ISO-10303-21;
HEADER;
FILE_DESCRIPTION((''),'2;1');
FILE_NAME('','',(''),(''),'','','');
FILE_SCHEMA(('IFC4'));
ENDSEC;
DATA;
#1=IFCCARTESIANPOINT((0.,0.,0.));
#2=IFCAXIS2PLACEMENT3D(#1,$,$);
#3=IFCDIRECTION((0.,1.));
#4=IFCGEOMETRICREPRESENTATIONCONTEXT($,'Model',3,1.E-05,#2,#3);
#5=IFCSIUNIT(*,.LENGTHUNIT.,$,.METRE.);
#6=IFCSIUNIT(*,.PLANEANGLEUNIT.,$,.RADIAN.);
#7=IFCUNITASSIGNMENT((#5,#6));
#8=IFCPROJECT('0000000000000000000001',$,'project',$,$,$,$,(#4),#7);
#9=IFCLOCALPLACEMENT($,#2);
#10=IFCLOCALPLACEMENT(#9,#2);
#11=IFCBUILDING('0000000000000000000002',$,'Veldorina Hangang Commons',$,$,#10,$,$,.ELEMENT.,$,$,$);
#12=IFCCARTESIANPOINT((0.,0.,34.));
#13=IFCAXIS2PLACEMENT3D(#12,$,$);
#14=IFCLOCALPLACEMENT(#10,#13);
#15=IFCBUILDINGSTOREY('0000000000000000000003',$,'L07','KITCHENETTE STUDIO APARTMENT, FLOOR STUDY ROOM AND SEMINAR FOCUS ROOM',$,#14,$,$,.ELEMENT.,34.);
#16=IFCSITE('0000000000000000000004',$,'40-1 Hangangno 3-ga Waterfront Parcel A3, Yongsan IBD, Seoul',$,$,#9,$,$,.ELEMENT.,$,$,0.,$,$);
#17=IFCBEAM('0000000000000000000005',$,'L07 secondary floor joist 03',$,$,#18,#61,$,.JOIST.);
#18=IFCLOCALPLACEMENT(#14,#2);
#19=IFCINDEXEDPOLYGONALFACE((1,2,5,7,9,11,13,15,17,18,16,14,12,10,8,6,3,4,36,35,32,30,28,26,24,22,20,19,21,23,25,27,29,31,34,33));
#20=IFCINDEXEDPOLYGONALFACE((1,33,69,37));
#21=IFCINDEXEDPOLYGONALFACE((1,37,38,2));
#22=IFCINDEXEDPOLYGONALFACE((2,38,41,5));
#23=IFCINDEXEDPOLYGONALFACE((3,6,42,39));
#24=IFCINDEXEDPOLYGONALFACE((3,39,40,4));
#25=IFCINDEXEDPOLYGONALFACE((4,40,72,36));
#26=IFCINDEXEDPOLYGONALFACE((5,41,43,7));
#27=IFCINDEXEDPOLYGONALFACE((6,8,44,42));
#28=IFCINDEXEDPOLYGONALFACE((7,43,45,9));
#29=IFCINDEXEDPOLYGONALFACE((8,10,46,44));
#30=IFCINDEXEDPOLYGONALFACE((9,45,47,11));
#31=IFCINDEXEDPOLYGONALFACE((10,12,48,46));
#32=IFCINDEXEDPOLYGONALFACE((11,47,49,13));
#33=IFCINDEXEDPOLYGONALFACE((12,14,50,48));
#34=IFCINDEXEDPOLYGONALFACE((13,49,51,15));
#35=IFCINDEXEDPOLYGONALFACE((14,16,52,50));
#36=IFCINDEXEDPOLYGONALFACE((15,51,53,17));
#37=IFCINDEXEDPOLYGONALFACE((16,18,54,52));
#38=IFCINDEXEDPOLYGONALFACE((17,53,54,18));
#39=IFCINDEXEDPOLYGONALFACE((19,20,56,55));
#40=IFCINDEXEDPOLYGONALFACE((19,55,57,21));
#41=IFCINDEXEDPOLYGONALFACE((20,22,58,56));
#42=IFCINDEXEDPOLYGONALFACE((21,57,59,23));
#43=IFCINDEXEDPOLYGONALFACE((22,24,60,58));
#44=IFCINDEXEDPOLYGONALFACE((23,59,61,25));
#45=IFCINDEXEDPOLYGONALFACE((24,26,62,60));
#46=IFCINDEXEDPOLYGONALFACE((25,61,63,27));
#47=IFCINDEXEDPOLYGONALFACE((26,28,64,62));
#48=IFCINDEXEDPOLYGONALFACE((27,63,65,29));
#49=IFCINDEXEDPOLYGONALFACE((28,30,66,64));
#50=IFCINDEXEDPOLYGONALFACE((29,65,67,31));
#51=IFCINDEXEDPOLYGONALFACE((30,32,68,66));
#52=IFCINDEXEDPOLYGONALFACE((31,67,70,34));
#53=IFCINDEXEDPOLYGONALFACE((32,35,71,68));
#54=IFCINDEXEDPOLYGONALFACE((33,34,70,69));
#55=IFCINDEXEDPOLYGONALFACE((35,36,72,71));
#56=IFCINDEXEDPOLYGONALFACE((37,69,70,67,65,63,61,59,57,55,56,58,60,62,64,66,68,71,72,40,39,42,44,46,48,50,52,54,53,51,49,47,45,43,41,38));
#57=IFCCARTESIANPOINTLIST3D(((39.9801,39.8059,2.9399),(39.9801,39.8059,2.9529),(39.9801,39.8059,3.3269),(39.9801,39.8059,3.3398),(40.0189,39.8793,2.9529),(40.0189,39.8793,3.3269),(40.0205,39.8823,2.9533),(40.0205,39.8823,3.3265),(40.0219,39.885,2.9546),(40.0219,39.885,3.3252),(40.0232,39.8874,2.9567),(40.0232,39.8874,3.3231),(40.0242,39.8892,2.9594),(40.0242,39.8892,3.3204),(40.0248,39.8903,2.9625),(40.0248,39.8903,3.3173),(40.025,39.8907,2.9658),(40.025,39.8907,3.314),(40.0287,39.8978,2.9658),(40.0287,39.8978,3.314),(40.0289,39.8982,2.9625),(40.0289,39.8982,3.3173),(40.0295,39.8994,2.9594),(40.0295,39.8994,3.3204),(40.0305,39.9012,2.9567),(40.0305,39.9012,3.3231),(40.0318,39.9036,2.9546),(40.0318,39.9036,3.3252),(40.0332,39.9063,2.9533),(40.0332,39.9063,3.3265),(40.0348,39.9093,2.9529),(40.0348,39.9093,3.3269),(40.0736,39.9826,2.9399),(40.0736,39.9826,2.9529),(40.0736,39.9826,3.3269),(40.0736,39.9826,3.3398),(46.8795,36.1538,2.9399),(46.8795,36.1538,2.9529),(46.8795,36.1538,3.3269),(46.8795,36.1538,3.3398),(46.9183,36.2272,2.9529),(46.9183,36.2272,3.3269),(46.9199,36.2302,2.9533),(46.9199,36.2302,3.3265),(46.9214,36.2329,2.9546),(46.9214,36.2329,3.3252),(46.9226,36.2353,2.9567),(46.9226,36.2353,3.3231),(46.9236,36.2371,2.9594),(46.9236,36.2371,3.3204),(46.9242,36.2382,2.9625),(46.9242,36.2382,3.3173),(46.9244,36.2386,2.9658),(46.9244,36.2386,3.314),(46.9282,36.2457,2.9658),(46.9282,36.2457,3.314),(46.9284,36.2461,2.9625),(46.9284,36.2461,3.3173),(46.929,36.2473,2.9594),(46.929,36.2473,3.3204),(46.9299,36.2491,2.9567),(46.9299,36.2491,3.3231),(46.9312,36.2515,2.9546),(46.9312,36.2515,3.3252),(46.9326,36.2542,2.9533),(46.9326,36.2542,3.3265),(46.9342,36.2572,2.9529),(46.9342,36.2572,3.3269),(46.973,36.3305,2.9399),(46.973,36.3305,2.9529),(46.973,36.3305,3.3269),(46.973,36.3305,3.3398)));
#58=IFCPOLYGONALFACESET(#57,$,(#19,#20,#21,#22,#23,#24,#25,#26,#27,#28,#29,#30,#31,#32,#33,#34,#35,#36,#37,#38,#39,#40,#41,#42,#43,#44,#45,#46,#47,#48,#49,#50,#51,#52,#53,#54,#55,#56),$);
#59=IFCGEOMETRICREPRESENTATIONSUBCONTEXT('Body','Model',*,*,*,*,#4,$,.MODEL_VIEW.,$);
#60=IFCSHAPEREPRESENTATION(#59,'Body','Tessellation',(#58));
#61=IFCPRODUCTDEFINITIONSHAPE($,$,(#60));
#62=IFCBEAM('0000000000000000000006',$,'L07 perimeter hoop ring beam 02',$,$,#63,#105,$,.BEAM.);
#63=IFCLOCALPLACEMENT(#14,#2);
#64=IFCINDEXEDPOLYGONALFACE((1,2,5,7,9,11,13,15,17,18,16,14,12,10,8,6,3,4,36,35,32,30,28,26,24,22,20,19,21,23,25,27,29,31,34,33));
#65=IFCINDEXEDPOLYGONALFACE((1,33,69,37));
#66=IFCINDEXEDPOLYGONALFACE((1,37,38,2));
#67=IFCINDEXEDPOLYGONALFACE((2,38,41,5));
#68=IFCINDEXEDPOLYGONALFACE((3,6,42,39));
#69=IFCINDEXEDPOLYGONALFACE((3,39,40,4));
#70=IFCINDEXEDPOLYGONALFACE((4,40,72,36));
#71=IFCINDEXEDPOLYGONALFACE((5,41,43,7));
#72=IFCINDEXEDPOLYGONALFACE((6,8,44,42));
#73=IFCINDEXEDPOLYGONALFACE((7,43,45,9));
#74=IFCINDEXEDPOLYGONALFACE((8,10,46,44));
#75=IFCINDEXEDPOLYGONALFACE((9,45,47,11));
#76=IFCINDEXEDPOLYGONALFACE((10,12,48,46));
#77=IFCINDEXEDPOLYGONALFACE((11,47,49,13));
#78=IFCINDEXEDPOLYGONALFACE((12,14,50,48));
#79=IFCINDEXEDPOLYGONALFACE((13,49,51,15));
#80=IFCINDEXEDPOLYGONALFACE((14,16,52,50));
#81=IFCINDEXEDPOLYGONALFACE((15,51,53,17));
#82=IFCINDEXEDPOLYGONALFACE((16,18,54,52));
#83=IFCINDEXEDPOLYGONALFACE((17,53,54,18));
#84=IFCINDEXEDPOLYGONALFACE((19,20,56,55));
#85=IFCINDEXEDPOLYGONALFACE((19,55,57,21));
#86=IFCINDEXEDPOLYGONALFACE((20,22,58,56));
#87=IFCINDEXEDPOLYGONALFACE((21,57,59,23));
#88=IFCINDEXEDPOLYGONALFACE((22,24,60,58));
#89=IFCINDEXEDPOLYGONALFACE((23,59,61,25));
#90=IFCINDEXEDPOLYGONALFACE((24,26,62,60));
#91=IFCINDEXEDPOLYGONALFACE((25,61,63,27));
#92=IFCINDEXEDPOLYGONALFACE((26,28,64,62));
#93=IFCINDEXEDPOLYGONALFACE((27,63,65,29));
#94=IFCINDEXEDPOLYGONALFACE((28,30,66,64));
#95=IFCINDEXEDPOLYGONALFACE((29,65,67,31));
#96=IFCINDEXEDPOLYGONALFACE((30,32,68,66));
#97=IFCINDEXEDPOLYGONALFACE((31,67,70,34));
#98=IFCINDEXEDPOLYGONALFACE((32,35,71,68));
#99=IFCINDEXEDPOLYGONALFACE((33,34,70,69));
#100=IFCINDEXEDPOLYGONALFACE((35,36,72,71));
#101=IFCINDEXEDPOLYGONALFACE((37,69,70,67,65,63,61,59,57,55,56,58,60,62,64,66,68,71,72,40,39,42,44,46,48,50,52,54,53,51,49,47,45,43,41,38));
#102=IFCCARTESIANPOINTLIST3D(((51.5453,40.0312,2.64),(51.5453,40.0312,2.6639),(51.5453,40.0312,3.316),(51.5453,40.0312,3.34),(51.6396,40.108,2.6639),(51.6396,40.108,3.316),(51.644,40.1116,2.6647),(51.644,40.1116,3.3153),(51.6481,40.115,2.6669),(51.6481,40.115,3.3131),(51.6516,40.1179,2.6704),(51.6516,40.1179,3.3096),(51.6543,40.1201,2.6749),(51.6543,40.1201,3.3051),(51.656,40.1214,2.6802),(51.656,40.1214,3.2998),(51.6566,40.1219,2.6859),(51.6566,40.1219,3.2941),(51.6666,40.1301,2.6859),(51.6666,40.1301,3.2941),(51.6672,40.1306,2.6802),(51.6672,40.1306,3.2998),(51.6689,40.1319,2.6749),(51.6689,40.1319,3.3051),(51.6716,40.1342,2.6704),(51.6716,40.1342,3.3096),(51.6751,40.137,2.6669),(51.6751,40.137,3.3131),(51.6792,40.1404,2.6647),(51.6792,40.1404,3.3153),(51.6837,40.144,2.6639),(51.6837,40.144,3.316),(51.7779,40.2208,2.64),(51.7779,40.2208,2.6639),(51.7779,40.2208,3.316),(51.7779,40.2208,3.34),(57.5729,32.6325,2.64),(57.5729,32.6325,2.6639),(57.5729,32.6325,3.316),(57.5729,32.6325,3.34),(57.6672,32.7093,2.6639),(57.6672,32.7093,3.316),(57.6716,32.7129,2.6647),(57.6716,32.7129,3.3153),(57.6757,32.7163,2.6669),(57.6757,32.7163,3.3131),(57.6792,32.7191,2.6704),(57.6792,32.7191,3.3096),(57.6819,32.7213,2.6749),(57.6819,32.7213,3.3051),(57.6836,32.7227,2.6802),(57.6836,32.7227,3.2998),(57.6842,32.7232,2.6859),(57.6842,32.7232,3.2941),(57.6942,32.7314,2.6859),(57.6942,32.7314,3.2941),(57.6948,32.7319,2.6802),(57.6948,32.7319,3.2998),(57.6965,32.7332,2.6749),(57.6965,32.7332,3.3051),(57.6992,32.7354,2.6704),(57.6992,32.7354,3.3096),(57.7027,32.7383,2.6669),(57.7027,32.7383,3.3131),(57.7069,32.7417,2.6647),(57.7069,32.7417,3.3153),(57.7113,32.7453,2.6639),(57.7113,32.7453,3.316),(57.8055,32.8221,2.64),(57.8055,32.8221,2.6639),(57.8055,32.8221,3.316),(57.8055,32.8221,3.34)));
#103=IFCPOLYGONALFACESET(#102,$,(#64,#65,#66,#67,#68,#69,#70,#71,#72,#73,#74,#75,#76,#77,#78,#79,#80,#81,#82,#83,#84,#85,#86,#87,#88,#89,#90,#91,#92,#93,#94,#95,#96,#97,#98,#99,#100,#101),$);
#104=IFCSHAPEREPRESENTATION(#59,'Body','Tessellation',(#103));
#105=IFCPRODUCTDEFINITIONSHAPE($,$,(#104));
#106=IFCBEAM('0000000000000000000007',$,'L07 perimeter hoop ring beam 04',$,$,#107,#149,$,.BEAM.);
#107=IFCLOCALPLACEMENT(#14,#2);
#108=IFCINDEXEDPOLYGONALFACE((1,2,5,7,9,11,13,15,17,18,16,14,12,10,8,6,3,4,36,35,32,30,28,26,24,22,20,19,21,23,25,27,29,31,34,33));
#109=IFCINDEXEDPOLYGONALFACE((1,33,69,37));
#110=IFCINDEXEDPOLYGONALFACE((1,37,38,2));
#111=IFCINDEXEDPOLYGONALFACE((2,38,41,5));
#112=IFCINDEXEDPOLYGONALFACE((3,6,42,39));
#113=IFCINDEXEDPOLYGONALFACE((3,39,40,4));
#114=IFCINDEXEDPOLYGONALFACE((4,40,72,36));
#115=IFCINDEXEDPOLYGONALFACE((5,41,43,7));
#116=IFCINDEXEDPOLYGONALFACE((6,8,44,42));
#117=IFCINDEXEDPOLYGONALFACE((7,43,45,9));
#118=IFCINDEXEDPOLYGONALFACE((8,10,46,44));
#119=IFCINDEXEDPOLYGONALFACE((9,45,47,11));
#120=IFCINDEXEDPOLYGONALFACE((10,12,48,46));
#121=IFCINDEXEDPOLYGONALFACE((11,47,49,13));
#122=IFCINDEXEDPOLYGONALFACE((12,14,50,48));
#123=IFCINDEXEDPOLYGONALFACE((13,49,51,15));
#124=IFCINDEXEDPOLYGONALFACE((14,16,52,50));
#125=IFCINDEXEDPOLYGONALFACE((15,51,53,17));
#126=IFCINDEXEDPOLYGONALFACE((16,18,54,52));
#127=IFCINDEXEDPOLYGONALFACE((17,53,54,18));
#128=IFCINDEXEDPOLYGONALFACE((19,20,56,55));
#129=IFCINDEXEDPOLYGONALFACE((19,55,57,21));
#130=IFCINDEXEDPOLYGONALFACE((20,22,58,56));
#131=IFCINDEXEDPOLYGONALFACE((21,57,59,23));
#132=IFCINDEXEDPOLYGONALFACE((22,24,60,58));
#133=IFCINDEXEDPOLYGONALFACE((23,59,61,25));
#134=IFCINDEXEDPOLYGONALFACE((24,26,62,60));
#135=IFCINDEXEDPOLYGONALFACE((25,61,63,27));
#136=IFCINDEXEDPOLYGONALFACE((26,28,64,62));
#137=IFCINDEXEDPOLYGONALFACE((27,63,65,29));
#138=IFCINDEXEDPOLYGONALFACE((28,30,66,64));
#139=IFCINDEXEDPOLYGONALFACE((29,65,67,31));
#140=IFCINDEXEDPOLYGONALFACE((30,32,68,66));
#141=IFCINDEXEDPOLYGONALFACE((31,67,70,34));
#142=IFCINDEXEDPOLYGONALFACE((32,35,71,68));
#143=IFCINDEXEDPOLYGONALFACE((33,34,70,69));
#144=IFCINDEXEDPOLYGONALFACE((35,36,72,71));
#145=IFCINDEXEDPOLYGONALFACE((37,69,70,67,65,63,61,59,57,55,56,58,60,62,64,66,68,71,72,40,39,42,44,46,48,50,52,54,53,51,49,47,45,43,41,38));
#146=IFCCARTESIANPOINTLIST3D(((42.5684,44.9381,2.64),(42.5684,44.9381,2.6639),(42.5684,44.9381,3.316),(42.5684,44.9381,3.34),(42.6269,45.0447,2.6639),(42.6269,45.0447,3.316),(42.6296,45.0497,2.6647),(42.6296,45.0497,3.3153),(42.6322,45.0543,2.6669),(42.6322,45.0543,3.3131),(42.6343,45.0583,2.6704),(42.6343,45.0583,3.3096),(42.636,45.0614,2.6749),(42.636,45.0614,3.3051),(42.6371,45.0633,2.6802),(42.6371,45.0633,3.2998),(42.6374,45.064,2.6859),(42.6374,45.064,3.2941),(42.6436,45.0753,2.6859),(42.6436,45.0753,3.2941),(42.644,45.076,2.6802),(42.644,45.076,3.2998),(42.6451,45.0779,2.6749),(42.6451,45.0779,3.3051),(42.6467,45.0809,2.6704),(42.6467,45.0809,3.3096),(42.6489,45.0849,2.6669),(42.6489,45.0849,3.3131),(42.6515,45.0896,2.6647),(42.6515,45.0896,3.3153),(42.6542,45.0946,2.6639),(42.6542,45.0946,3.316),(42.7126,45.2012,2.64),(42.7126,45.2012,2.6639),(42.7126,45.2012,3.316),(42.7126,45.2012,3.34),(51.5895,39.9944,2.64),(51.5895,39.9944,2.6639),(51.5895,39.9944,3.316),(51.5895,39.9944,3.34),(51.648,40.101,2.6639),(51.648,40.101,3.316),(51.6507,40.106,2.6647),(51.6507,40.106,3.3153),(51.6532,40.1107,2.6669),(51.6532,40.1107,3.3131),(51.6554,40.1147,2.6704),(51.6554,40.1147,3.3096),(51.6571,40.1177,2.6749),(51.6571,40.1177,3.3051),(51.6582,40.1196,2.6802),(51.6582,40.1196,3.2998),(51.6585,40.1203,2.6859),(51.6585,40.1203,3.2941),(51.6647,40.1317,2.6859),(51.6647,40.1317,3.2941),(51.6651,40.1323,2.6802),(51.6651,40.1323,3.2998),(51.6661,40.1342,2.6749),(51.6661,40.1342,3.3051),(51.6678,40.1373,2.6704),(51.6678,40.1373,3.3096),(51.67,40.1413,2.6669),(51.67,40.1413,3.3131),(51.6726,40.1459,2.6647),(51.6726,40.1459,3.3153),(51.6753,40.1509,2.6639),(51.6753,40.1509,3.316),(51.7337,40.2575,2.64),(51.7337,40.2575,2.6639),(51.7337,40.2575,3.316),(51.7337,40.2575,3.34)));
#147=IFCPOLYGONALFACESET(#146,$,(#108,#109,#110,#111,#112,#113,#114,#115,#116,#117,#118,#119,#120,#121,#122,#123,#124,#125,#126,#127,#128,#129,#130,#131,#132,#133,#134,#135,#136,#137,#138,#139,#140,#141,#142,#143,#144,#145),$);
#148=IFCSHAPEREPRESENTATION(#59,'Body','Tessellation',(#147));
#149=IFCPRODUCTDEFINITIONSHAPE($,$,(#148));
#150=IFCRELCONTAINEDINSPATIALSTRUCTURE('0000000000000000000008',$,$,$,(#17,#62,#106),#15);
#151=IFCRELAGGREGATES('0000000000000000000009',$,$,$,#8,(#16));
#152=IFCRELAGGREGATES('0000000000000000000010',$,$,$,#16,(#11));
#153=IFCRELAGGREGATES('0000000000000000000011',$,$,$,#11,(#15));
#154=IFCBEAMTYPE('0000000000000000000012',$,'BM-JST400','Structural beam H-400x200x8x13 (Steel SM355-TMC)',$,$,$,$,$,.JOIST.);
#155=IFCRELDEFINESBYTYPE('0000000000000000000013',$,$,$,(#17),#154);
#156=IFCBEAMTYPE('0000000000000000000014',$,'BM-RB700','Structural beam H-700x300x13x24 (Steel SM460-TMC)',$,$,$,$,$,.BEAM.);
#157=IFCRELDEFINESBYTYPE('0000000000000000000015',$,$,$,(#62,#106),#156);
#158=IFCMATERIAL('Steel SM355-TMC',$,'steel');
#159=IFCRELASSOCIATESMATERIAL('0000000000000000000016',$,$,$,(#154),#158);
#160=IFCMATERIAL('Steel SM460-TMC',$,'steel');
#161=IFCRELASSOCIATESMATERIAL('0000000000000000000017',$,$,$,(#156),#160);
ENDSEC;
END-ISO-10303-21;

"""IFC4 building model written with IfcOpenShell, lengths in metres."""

from ifc_helpers import new_model, si_unit, direction, frame, origin, origin_2d, place, context, subcontext, project, spatial, i_section, extrude, material, material_profile, profile_set, type_object, element, save


model = new_model("IFC4")

# Units and contexts
model_context = context("Model", 3, precision=1e-05, world=origin(), true_north=direction((0.0, 1.0)))
body_context = subcontext(model_context, "Body", "Model", "MODEL_VIEW")
ifc_project = project(units=[si_unit("LENGTHUNIT", "METRE"), si_unit("PLANEANGLEUNIT", "RADIAN")], contexts=[model_context])

# Site, building, storey
site_placement = place(None, origin())
site = spatial("IfcSite", under=ifc_project, at=site_placement, Name="40-1 Hangangno 3-ga Waterfront Parcel A3, Yongsan IBD, Seoul", CompositionType="ELEMENT", RefElevation=0.0)
building_placement = place(site_placement, origin())
building = spatial("IfcBuilding", under=site, at=building_placement, Name="Veldorina Hangang Commons", CompositionType="ELEMENT")
storey_placement = place(building_placement, frame((0.0, 0.0, 34.0)))
storey = spatial("IfcBuildingStorey", under=building, at=storey_placement, Name="L07", Description="KITCHENETTE STUDIO APARTMENT, FLOOR STUDY ROOM AND SEMINAR FOCUS ROOM", CompositionType="ELEMENT", Elevation=34.0)

# Beams
ifc_material_1 = material(Name="Steel SM355-TMC", Category="steel")
ifc_material_profile_1 = material_profile(ifc_material_1, i_section(OverallWidth=0.2, OverallDepth=0.3999, WebThickness=0.0081, FlangeThickness=0.0129, FilletRadius=0.0129, at=origin_2d()), Name="H-400x200x8x13")
ifc_profile_set_1 = profile_set([ifc_material_profile_1], Name="Steel SM355-TMC")
beam_type_1 = type_object("IfcBeamType", Name="BM-JST400", Description="Structural beam H-400x200x8x13 (Steel SM355-TMC)", PredefinedType="JOIST", material=ifc_profile_set_1)
beam_1_placement = place(storey_placement, frame((46.9263, 36.2422, 3.1399), z_axis=(-0.883816, 0.467835, 0.0), x_axis=(-0.467835, -0.883816, 0.0)))
element("IfcBeam", 1, at=beam_1_placement, inside=storey, type_object=beam_type_1, Name="L07 secondary floor joist 03", PredefinedType="JOIST", context=body_context, shape_type="SweptSolid", body=[
    extrude(i_section(OverallWidth=0.2, OverallDepth=0.3999, WebThickness=0.0081, FlangeThickness=0.0129, FilletRadius=0.0129, at=origin_2d()), origin(), (0.0, 0.0, 1.0), 7.8064),
])
ifc_material_2 = material(Name="Steel SM460-TMC", Category="steel")
ifc_material_profile_2 = material_profile(ifc_material_2, i_section(OverallWidth=0.3, OverallDepth=0.7, WebThickness=0.0129, FlangeThickness=0.0239, FilletRadius=0.022, at=origin_2d()), Name="H-700x300x13x24")
ifc_profile_set_2 = profile_set([ifc_material_profile_2], Name="Steel SM460-TMC")
beam_type_2 = type_object("IfcBeamType", Name="BM-RB700", Description="Structural beam H-700x300x13x24 (Steel SM460-TMC)", PredefinedType="BEAM", material=ifc_profile_set_2)
beam_2_placement = place(storey_placement, frame((57.6892, 32.7273, 2.99), z_axis=(-0.631612, 0.775285, 0.0), x_axis=(-0.775285, -0.631612, 0.0)))
element("IfcBeam", 2, at=beam_2_placement, inside=storey, type_object=beam_type_2, Name="L07 perimeter hoop ring beam 02", PredefinedType="BEAM", context=body_context, shape_type="SweptSolid", body=[
    extrude(i_section(OverallWidth=0.3, OverallDepth=0.7, WebThickness=0.0129, FlangeThickness=0.0239, FilletRadius=0.022, at=origin_2d()), origin(), (0.0, 0.0, 1.0), 9.5432),
])
beam_3_placement = place(storey_placement, frame((51.6616, 40.126, 2.99), z_axis=(-0.876951, 0.480579, 0.0), x_axis=(-0.480579, -0.876951, 0.0)))
element("IfcBeam", 3, at=beam_3_placement, inside=storey, type_object=beam_type_2, Name="L07 perimeter hoop ring beam 04", PredefinedType="BEAM", context=body_context, shape_type="SweptSolid", body=[
    extrude(i_section(OverallWidth=0.3, OverallDepth=0.7, WebThickness=0.0129, FlangeThickness=0.0239, FilletRadius=0.022, at=origin_2d()), origin(), (0.0, 0.0, 1.0), 10.2869),
])

save(model, "model.ifc")
